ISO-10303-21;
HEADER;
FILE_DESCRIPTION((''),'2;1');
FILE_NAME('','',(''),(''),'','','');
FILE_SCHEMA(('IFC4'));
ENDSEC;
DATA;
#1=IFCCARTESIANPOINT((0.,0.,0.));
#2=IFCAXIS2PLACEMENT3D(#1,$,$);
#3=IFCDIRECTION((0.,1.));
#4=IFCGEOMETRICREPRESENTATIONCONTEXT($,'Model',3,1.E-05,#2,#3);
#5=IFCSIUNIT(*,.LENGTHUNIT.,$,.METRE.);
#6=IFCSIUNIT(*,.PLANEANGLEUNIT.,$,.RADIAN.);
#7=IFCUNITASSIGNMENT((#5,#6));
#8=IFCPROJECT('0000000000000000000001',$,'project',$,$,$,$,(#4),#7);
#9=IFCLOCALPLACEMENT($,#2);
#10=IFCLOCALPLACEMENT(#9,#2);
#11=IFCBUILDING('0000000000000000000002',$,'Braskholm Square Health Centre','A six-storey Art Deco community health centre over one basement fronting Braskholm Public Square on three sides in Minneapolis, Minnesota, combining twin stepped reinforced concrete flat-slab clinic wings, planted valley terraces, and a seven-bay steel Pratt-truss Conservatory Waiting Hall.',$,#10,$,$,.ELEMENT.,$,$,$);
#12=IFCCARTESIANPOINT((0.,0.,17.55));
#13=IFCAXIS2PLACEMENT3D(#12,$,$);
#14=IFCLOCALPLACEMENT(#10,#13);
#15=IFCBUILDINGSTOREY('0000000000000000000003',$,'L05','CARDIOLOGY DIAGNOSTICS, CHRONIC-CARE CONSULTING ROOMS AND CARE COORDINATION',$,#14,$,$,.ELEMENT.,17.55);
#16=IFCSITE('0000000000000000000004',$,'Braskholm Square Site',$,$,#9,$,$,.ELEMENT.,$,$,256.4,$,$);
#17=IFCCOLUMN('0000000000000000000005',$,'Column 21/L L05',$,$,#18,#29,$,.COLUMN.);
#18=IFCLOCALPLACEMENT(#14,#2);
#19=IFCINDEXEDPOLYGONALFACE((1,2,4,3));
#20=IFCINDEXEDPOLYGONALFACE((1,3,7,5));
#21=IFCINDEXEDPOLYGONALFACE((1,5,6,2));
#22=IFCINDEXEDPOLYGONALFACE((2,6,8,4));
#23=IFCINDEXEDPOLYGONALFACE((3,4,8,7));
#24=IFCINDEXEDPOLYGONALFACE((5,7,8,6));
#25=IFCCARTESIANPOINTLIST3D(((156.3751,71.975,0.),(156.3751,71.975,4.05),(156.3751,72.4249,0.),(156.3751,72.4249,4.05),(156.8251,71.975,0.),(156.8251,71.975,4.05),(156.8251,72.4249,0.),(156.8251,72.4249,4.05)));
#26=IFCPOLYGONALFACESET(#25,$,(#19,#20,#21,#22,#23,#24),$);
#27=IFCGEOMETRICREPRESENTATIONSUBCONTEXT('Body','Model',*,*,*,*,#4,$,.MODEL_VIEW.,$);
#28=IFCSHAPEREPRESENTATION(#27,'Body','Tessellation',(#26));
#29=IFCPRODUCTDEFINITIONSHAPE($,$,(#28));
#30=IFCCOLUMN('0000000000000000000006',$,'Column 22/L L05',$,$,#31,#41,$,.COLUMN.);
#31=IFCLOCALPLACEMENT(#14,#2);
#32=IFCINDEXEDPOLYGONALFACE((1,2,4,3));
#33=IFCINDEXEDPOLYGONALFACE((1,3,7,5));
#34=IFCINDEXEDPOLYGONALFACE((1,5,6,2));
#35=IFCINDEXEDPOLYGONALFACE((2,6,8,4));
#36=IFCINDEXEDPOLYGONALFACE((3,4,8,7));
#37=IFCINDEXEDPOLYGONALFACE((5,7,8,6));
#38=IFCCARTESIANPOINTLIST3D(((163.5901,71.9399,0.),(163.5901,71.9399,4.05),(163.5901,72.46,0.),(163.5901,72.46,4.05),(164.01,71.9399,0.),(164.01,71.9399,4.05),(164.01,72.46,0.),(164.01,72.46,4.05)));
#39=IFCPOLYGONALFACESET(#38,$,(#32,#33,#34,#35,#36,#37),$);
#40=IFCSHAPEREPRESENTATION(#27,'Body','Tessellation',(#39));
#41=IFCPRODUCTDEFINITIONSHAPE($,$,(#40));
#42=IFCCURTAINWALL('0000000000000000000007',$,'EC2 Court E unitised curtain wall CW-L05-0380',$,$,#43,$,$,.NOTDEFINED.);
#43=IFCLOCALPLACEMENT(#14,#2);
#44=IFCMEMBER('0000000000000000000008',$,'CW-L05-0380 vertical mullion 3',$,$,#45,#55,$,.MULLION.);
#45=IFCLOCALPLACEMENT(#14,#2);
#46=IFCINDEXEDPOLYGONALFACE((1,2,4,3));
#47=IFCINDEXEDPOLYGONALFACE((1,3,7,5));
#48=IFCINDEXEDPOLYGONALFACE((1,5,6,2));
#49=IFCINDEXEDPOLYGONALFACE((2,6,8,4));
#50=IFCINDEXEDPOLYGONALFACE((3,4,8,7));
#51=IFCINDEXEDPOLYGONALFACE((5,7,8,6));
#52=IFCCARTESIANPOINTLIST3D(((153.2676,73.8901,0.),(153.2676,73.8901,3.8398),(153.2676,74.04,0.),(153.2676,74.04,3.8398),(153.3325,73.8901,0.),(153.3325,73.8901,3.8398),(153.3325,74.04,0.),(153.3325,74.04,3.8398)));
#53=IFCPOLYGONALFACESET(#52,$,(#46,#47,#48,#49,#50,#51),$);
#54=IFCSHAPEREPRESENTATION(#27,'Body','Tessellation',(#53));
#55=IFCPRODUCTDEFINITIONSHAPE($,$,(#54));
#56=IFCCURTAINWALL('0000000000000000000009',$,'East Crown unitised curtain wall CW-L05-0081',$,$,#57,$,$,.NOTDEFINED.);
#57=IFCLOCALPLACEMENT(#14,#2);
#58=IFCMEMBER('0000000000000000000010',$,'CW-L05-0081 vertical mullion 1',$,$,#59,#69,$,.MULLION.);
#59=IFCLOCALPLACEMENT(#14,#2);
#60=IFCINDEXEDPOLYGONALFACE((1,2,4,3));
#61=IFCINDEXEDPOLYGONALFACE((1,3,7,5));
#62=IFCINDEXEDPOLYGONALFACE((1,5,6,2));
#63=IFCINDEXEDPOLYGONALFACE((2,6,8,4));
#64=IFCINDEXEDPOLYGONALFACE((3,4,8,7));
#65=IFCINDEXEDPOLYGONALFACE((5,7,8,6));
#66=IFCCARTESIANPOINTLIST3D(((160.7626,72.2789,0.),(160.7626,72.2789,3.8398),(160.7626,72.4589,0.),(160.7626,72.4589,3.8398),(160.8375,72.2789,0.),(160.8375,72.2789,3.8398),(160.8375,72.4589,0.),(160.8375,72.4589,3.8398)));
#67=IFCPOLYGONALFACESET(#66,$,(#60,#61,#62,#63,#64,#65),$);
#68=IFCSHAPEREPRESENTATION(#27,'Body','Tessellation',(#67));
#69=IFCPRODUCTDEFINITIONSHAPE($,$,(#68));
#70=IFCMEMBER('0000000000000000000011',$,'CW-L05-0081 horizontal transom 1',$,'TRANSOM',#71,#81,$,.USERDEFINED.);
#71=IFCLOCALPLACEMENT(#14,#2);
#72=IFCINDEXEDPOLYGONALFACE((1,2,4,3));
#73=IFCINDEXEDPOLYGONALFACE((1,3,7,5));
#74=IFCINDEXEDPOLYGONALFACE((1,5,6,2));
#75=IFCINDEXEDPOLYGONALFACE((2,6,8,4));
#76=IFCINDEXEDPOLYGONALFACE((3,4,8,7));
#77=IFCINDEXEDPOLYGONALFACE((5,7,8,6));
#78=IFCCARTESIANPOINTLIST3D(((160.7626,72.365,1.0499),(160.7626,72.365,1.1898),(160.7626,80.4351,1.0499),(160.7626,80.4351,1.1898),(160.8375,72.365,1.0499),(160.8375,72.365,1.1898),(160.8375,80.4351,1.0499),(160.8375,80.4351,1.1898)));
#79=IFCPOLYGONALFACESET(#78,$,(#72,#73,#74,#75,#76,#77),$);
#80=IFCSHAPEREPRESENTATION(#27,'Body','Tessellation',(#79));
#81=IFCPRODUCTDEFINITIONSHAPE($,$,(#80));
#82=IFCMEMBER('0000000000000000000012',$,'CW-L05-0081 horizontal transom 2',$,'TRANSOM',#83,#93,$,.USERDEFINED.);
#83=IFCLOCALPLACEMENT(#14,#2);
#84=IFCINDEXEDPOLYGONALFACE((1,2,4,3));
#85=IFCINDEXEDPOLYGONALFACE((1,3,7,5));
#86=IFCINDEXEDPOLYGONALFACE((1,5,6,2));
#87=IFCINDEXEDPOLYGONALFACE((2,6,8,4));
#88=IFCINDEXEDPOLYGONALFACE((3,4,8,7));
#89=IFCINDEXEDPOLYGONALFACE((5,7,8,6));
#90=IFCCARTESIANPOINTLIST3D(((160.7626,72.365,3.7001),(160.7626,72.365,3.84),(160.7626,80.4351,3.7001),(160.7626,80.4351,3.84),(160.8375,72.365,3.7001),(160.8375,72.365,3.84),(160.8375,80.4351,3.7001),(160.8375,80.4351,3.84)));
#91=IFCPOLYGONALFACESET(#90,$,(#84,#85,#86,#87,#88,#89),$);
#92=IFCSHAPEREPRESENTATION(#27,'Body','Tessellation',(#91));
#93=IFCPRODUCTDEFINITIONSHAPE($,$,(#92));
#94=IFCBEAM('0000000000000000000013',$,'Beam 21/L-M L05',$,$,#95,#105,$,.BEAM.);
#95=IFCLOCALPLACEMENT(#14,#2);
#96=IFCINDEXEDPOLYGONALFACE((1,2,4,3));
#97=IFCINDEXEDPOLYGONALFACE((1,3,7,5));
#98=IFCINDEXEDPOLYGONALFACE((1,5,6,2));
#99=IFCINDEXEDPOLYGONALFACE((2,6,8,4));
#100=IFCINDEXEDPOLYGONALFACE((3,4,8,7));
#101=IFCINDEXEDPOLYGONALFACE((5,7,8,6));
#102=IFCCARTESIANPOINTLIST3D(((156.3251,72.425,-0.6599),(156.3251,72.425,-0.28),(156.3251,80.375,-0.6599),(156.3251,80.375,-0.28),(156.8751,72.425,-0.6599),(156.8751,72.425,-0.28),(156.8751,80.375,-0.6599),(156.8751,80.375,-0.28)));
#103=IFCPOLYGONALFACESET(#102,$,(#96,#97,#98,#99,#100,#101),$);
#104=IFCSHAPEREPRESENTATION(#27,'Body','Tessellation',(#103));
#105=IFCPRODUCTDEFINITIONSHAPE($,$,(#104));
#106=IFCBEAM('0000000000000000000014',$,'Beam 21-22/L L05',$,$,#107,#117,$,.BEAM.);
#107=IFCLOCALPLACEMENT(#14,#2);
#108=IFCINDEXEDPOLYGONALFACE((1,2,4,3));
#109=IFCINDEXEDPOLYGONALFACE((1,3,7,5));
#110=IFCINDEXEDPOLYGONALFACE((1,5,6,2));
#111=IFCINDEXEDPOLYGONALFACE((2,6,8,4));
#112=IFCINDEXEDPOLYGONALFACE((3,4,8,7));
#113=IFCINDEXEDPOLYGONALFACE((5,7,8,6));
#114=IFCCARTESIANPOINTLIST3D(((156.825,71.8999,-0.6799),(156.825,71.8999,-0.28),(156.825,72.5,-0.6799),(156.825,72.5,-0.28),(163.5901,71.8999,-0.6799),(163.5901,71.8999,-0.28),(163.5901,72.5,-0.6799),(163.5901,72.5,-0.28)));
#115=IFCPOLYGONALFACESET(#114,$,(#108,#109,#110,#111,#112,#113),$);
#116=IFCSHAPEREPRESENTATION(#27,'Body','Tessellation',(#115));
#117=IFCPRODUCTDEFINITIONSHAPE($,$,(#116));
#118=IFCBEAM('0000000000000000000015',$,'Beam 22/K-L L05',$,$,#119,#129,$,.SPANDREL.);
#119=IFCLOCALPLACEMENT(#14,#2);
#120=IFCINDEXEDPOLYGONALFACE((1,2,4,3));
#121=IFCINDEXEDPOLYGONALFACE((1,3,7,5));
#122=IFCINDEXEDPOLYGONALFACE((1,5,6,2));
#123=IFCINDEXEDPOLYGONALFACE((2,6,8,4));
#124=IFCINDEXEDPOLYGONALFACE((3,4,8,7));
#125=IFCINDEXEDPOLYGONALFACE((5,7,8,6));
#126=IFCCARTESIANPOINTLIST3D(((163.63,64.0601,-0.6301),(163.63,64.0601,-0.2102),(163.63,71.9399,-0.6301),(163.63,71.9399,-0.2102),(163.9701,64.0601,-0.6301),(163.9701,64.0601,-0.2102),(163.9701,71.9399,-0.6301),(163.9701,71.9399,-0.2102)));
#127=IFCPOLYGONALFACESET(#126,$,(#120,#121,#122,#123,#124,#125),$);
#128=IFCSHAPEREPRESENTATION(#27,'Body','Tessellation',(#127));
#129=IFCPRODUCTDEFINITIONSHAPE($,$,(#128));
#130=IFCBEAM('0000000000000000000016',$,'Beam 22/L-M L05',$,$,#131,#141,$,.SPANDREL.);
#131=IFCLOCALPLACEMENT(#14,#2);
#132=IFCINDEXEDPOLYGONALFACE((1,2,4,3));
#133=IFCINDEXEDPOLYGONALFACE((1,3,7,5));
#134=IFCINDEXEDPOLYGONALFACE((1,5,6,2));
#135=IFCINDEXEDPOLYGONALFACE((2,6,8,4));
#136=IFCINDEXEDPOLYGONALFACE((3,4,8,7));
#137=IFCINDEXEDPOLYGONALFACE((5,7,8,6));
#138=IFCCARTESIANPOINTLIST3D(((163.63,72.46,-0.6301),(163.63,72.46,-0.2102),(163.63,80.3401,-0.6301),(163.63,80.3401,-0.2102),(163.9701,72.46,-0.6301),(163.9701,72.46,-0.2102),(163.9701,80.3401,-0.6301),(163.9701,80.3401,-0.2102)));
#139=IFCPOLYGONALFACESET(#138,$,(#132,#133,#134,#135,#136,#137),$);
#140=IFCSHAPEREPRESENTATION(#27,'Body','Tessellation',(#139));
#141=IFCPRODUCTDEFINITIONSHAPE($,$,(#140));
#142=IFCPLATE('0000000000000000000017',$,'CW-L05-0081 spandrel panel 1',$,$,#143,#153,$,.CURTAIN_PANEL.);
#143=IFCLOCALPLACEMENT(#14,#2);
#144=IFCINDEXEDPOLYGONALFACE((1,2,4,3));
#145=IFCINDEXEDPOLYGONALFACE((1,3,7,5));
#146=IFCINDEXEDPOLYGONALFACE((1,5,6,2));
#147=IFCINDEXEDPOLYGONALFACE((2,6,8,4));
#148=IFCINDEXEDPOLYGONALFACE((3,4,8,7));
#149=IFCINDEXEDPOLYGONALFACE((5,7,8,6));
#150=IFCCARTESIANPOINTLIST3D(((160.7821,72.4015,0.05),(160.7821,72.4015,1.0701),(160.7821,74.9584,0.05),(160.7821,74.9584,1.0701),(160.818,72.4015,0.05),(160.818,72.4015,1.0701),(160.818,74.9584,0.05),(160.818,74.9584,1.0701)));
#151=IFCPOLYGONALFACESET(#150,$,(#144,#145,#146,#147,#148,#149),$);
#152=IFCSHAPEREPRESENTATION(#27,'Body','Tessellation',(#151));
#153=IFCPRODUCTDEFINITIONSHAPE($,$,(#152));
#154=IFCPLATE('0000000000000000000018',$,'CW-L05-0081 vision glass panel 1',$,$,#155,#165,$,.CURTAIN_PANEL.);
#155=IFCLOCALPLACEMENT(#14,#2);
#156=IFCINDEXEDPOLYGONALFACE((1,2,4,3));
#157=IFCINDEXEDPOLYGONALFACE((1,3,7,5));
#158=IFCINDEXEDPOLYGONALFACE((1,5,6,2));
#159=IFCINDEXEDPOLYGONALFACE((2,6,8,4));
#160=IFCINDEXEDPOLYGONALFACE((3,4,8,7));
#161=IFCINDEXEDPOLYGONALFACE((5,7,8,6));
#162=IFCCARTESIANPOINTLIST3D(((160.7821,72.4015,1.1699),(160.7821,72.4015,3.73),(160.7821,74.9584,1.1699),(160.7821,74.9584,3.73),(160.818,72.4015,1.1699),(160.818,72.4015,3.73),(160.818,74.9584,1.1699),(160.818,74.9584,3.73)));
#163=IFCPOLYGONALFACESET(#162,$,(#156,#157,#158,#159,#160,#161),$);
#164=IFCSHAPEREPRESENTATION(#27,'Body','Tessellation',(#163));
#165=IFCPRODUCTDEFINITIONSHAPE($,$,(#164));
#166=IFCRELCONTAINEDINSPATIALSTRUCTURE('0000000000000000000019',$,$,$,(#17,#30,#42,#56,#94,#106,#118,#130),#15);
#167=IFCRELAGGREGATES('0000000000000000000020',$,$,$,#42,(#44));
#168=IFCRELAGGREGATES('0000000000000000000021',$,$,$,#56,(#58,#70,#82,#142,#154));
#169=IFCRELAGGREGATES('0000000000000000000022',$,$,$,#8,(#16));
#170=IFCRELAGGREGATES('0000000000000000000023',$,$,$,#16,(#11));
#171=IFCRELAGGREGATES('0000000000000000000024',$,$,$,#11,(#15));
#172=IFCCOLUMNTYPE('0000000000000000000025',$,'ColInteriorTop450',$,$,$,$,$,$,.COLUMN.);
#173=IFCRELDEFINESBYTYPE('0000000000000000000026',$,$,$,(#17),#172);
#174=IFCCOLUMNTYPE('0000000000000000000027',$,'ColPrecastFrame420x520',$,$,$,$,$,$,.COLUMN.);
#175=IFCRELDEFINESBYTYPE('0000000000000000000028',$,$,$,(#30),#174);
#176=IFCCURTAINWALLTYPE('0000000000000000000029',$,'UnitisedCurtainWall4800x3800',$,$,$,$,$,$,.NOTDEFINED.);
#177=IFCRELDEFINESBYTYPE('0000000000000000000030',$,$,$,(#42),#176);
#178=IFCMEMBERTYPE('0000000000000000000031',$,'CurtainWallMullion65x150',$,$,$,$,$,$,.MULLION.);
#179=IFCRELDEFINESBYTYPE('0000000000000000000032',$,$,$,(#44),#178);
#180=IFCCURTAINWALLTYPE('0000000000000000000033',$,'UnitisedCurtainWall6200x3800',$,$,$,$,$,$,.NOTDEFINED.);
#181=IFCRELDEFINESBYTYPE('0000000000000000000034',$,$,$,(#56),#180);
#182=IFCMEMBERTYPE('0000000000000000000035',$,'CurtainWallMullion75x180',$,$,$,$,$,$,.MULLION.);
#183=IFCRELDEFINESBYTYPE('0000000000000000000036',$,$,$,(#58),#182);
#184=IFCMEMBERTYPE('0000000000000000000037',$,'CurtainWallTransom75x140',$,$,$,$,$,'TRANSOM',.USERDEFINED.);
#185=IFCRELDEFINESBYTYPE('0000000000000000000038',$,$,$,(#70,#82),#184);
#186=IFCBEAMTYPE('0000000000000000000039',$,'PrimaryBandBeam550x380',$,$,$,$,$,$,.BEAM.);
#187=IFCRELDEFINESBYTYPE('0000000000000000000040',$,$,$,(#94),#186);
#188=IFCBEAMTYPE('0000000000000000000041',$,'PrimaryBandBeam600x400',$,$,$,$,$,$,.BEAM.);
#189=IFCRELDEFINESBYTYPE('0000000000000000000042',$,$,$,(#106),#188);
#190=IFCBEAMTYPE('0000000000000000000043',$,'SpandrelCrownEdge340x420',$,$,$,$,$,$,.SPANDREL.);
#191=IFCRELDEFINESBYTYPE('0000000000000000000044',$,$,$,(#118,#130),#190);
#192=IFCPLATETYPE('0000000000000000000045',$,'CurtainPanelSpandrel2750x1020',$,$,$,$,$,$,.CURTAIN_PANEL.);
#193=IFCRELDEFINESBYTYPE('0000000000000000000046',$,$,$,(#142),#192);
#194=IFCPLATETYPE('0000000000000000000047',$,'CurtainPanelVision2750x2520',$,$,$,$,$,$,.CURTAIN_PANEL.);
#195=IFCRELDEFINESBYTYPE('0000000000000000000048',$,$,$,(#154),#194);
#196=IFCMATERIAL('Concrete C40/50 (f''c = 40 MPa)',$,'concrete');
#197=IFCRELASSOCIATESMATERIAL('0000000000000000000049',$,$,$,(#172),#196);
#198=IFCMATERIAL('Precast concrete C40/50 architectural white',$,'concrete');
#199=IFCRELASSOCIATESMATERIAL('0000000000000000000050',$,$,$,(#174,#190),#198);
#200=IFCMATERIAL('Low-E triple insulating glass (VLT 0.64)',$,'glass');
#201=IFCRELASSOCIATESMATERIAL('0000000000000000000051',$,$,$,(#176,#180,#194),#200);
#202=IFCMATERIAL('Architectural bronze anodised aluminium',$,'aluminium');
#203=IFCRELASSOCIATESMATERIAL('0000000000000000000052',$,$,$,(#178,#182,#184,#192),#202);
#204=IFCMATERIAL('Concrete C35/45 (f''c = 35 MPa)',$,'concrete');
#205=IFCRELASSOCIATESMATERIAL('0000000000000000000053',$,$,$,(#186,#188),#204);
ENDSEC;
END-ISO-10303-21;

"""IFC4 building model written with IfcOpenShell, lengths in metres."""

from ifc_helpers import new_model, si_unit, direction, frame, origin, origin_2d, place, context, subcontext, project, spatial, rectangle, extrude, material, material_profile, profile_set, type_object, element, aggregate, save


model = new_model("IFC4")

# Units and contexts
model_context = context("Model", 3, precision=1e-05, world=origin(), true_north=direction((0.0, 1.0)))
body_context = subcontext(model_context, "Body", "Model", "MODEL_VIEW")
ifc_project = project(units=[si_unit("LENGTHUNIT", "METRE"), si_unit("PLANEANGLEUNIT", "RADIAN")], contexts=[model_context])

# Site, building, storey
site_placement = place(None, origin())
site = spatial("IfcSite", under=ifc_project, at=site_placement, Name="Braskholm Square Site", CompositionType="ELEMENT", RefElevation=256.4)
building_placement = place(site_placement, origin())
building = spatial("IfcBuilding", under=site, at=building_placement, Name="Braskholm Square Health Centre", Description="A six-storey Art Deco community health centre over one basement fronting Braskholm Public Square on three sides in Minneapolis, Minnesota, combining twin stepped reinforced concrete flat-slab clinic wings, planted valley terraces, and a seven-bay steel Pratt-truss Conservatory Waiting Hall.", CompositionType="ELEMENT")
storey_placement = place(building_placement, frame((0.0, 0.0, 17.55)))
storey = spatial("IfcBuildingStorey", under=building, at=storey_placement, Name="L05", Description="CARDIOLOGY DIAGNOSTICS, CHRONIC-CARE CONSULTING ROOMS AND CARE COORDINATION", CompositionType="ELEMENT", Elevation=17.55)

# Columns
ifc_material_1 = material(Name="Concrete C40/50 (f'c = 40 MPa)", Category="concrete")
ifc_material_profile_1 = material_profile(ifc_material_1, rectangle(XDim=0.45, YDim=0.45, at=origin_2d()), Name="RC-450X450")
ifc_profile_set_1 = profile_set([ifc_material_profile_1], Name="Concrete C40/50 (f'c = 40 MPa)")
column_type_1 = type_object("IfcColumnType", Name="ColInteriorTop450", PredefinedType="COLUMN", material=ifc_profile_set_1)
column_1_placement = place(storey_placement, frame((156.6001, 72.2, 0.0), z_axis=(0.0, 0.0, 1.0), x_axis=(1.0, 0.0, 0.0)))
element("IfcColumn", 1, at=column_1_placement, inside=storey, type_object=column_type_1, Name="Column 21/L L05", PredefinedType="COLUMN", context=body_context, shape_type="SweptSolid", body=[
    extrude(rectangle(XDim=0.45, YDim=0.45, at=origin_2d()), origin(), (0.0, 0.0, 1.0), 4.05),
])
ifc_material_2 = material(Name="Precast concrete C40/50 architectural white", Category="concrete")
ifc_material_profile_2 = material_profile(ifc_material_2, rectangle(XDim=0.4199, YDim=0.52, at=origin_2d()), Name="RC-420X520")
ifc_profile_set_2 = profile_set([ifc_material_profile_2], Name="Precast concrete C40/50 architectural white")
column_type_2 = type_object("IfcColumnType", Name="ColPrecastFrame420x520", PredefinedType="COLUMN", material=ifc_profile_set_2)
column_2_placement = place(storey_placement, frame((163.8, 72.2, 0.0), z_axis=(0.0, 0.0, 1.0), x_axis=(1.0, 0.0, 0.0)))
element("IfcColumn", 2, at=column_2_placement, inside=storey, type_object=column_type_2, Name="Column 22/L L05", PredefinedType="COLUMN", context=body_context, shape_type="SweptSolid", body=[
    extrude(rectangle(XDim=0.4199, YDim=0.52, at=origin_2d()), origin(), (0.0, 0.0, 1.0), 4.05),
])

# Curtain wall, member
ifc_material_3 = material(Name="Low-E triple insulating glass (VLT 0.64)", Category="glass")
curtain_wall_type_1 = type_object("IfcCurtainWallType", Name="UnitisedCurtainWall4800x3800", PredefinedType="NOTDEFINED", material=ifc_material_3)
curtain_wall_1_placement = place(storey_placement, origin())
curtain_wall_1 = element("IfcCurtainWall", 3, at=curtain_wall_1_placement, inside=storey, type_object=curtain_wall_type_1, Name="EC2 Court E unitised curtain wall CW-L05-0380", PredefinedType="NOTDEFINED")
ifc_material_4 = material(Name="Architectural bronze anodised aluminium", Category="aluminium")
ifc_material_profile_3 = material_profile(ifc_material_4, rectangle(XDim=0.0649, YDim=0.1499, at=origin_2d()), Name="ALU-65X150")
ifc_profile_set_3 = profile_set([ifc_material_profile_3], Name="Architectural bronze anodised aluminium")
member_type_1 = type_object("IfcMemberType", Name="CurtainWallMullion65x150", PredefinedType="MULLION", material=ifc_profile_set_3)
member_1_placement = place(storey_placement, frame((153.3, 73.9651, 0.0), z_axis=(0.0, 0.0, 1.0), x_axis=(1.0, 0.0, 0.0)))
member_1 = element("IfcMember", 4, at=member_1_placement, type_object=member_type_1, Name="CW-L05-0380 vertical mullion 3", PredefinedType="MULLION", context=body_context, shape_type="SweptSolid", body=[
    extrude(rectangle(XDim=0.0649, YDim=0.1499, at=origin_2d()), origin(), (0.0, 0.0, 1.0), 3.8398),
])
aggregate(curtain_wall_1, [member_1])

# Curtain wall, members
curtain_wall_type_2 = type_object("IfcCurtainWallType", Name="UnitisedCurtainWall6200x3800", PredefinedType="NOTDEFINED", material=ifc_material_3)
curtain_wall_2_placement = place(storey_placement, origin())
curtain_wall_2 = element("IfcCurtainWall", 5, at=curtain_wall_2_placement, inside=storey, type_object=curtain_wall_type_2, Name="East Crown unitised curtain wall CW-L05-0081", PredefinedType="NOTDEFINED")
ifc_material_profile_4 = material_profile(ifc_material_4, rectangle(XDim=0.075, YDim=0.1799, at=origin_2d()), Name="ALU-75X180")
ifc_profile_set_4 = profile_set([ifc_material_profile_4], Name="Architectural bronze anodised aluminium")
member_type_2 = type_object("IfcMemberType", Name="CurtainWallMullion75x180", PredefinedType="MULLION", material=ifc_profile_set_4)
member_2_placement = place(storey_placement, frame((160.8, 72.3689, 0.0), z_axis=(0.0, 0.0, 1.0), x_axis=(1.0, 0.0, 0.0)))
member_2 = element("IfcMember", 6, at=member_2_placement, type_object=member_type_2, Name="CW-L05-0081 vertical mullion 1", PredefinedType="MULLION", context=body_context, shape_type="SweptSolid", body=[
    extrude(rectangle(XDim=0.075, YDim=0.1799, at=origin_2d()), origin(), (0.0, 0.0, 1.0), 3.8398),
])
ifc_material_profile_5 = material_profile(ifc_material_4, rectangle(XDim=0.075, YDim=0.1399, at=origin_2d()), Name="ALU-75X140")
ifc_profile_set_5 = profile_set([ifc_material_profile_5], Name="Architectural bronze anodised aluminium")
member_type_3 = type_object("IfcMemberType", Name="CurtainWallTransom75x140", ElementType="TRANSOM", PredefinedType="USERDEFINED", material=ifc_profile_set_5)
member_3_placement = place(storey_placement, frame((160.8, 72.365, 1.1199), z_axis=(0.0, 1.0, 0.0), x_axis=(-1.0, 0.0, 0.0)))
member_3 = element("IfcMember", 7, at=member_3_placement, type_object=member_type_3, Name="CW-L05-0081 horizontal transom 1", ObjectType="TRANSOM", PredefinedType="USERDEFINED", context=body_context, shape_type="SweptSolid", body=[
    extrude(rectangle(XDim=0.075, YDim=0.1399, at=origin_2d()), origin(), (0.0, 0.0, 1.0), 8.0701),
])
member_4_placement = place(storey_placement, frame((160.8, 72.365, 3.77), z_axis=(0.0, 1.0, 0.0), x_axis=(-1.0, 0.0, 0.0)))
member_4 = element("IfcMember", 8, at=member_4_placement, type_object=member_type_3, Name="CW-L05-0081 horizontal transom 2", ObjectType="TRANSOM", PredefinedType="USERDEFINED", context=body_context, shape_type="SweptSolid", body=[
    extrude(rectangle(XDim=0.075, YDim=0.1399, at=origin_2d()), origin(), (0.0, 0.0, 1.0), 8.0701),
])

# Beams
ifc_material_5 = material(Name="Concrete C35/45 (f'c = 35 MPa)", Category="concrete")
ifc_material_profile_6 = material_profile(ifc_material_5, rectangle(XDim=0.55, YDim=0.3799, at=origin_2d()), Name="RCB-550X380")
ifc_profile_set_6 = profile_set([ifc_material_profile_6], Name="Concrete C35/45 (f'c = 35 MPa)")
beam_type_1 = type_object("IfcBeamType", Name="PrimaryBandBeam550x380", PredefinedType="BEAM", material=ifc_profile_set_6)
beam_1_placement = place(storey_placement, frame((156.6001, 72.425, -0.47), z_axis=(0.0, 1.0, 0.0), x_axis=(-1.0, 0.0, 0.0)))
element("IfcBeam", 9, at=beam_1_placement, inside=storey, type_object=beam_type_1, Name="Beam 21/L-M L05", PredefinedType="BEAM", context=body_context, shape_type="SweptSolid", body=[
    extrude(rectangle(XDim=0.55, YDim=0.3799, at=origin_2d()), origin(), (0.0, 0.0, 1.0), 7.95),
])
ifc_material_profile_7 = material_profile(ifc_material_5, rectangle(XDim=0.6001, YDim=0.3999, at=origin_2d()), Name="RCB-600X400")
ifc_profile_set_7 = profile_set([ifc_material_profile_7], Name="Concrete C35/45 (f'c = 35 MPa)")
beam_type_2 = type_object("IfcBeamType", Name="PrimaryBandBeam600x400", PredefinedType="BEAM", material=ifc_profile_set_7)
beam_2_placement = place(storey_placement, frame((156.825, 72.2, -0.48), z_axis=(1.0, 0.0, 0.0), x_axis=(0.0, 1.0, 0.0)))
element("IfcBeam", 10, at=beam_2_placement, inside=storey, type_object=beam_type_2, Name="Beam 21-22/L L05", PredefinedType="BEAM", context=body_context, shape_type="SweptSolid", body=[
    extrude(rectangle(XDim=0.6001, YDim=0.3999, at=origin_2d()), origin(), (0.0, 0.0, 1.0), 6.7651),
])
ifc_material_profile_8 = material_profile(ifc_material_2, rectangle(XDim=0.3401, YDim=0.4199, at=origin_2d()), Name="RCB-340X420")
ifc_profile_set_8 = profile_set([ifc_material_profile_8], Name="Precast concrete C40/50 architectural white")
beam_type_3 = type_object("IfcBeamType", Name="SpandrelCrownEdge340x420", PredefinedType="SPANDREL", material=ifc_profile_set_8)
beam_3_placement = place(storey_placement, frame((163.8, 64.0601, -0.4202), z_axis=(0.0, 1.0, 0.0), x_axis=(-1.0, 0.0, 0.0)))
element("IfcBeam", 11, at=beam_3_placement, inside=storey, type_object=beam_type_3, Name="Beam 22/K-L L05", PredefinedType="SPANDREL", context=body_context, shape_type="SweptSolid", body=[
    extrude(rectangle(XDim=0.3401, YDim=0.4199, at=origin_2d()), origin(), (0.0, 0.0, 1.0), 7.8799),
])
beam_4_placement = place(storey_placement, frame((163.8, 72.46, -0.4202), z_axis=(0.0, 1.0, 0.0), x_axis=(-1.0, 0.0, 0.0)))
element("IfcBeam", 12, at=beam_4_placement, inside=storey, type_object=beam_type_3, Name="Beam 22/L-M L05", PredefinedType="SPANDREL", context=body_context, shape_type="SweptSolid", body=[
    extrude(rectangle(XDim=0.3401, YDim=0.4199, at=origin_2d()), origin(), (0.0, 0.0, 1.0), 7.8801),
])

# Plates
plate_type_1 = type_object("IfcPlateType", Name="CurtainPanelSpandrel2750x1020", PredefinedType="CURTAIN_PANEL", material=ifc_material_4)
plate_1_placement = place(storey_placement, frame((160.8, 73.6799, 0.05), z_axis=(0.0, 0.0, 1.0), x_axis=(0.0, 1.0, 0.0)))
plate_1 = element("IfcPlate", 13, at=plate_1_placement, type_object=plate_type_1, Name="CW-L05-0081 spandrel panel 1", PredefinedType="CURTAIN_PANEL", context=body_context, shape_type="SweptSolid", body=[
    extrude(rectangle(XDim=2.5569, YDim=0.0359, at=origin_2d()), origin(), (0.0, 0.0, 1.0), 1.02),
])
plate_type_2 = type_object("IfcPlateType", Name="CurtainPanelVision2750x2520", PredefinedType="CURTAIN_PANEL", material=ifc_material_3)
plate_2_placement = place(storey_placement, frame((160.8, 73.6799, 1.1699), z_axis=(0.0, 0.0, 1.0), x_axis=(0.0, 1.0, 0.0)))
plate_2 = element("IfcPlate", 14, at=plate_2_placement, type_object=plate_type_2, Name="CW-L05-0081 vision glass panel 1", PredefinedType="CURTAIN_PANEL", context=body_context, shape_type="SweptSolid", body=[
    extrude(rectangle(XDim=2.5569, YDim=0.0359, at=origin_2d()), origin(), (0.0, 0.0, 1.0), 2.5601),
])
aggregate(curtain_wall_2, [member_2, member_3, member_4, plate_1, plate_2])

save(model, "model.ifc")
